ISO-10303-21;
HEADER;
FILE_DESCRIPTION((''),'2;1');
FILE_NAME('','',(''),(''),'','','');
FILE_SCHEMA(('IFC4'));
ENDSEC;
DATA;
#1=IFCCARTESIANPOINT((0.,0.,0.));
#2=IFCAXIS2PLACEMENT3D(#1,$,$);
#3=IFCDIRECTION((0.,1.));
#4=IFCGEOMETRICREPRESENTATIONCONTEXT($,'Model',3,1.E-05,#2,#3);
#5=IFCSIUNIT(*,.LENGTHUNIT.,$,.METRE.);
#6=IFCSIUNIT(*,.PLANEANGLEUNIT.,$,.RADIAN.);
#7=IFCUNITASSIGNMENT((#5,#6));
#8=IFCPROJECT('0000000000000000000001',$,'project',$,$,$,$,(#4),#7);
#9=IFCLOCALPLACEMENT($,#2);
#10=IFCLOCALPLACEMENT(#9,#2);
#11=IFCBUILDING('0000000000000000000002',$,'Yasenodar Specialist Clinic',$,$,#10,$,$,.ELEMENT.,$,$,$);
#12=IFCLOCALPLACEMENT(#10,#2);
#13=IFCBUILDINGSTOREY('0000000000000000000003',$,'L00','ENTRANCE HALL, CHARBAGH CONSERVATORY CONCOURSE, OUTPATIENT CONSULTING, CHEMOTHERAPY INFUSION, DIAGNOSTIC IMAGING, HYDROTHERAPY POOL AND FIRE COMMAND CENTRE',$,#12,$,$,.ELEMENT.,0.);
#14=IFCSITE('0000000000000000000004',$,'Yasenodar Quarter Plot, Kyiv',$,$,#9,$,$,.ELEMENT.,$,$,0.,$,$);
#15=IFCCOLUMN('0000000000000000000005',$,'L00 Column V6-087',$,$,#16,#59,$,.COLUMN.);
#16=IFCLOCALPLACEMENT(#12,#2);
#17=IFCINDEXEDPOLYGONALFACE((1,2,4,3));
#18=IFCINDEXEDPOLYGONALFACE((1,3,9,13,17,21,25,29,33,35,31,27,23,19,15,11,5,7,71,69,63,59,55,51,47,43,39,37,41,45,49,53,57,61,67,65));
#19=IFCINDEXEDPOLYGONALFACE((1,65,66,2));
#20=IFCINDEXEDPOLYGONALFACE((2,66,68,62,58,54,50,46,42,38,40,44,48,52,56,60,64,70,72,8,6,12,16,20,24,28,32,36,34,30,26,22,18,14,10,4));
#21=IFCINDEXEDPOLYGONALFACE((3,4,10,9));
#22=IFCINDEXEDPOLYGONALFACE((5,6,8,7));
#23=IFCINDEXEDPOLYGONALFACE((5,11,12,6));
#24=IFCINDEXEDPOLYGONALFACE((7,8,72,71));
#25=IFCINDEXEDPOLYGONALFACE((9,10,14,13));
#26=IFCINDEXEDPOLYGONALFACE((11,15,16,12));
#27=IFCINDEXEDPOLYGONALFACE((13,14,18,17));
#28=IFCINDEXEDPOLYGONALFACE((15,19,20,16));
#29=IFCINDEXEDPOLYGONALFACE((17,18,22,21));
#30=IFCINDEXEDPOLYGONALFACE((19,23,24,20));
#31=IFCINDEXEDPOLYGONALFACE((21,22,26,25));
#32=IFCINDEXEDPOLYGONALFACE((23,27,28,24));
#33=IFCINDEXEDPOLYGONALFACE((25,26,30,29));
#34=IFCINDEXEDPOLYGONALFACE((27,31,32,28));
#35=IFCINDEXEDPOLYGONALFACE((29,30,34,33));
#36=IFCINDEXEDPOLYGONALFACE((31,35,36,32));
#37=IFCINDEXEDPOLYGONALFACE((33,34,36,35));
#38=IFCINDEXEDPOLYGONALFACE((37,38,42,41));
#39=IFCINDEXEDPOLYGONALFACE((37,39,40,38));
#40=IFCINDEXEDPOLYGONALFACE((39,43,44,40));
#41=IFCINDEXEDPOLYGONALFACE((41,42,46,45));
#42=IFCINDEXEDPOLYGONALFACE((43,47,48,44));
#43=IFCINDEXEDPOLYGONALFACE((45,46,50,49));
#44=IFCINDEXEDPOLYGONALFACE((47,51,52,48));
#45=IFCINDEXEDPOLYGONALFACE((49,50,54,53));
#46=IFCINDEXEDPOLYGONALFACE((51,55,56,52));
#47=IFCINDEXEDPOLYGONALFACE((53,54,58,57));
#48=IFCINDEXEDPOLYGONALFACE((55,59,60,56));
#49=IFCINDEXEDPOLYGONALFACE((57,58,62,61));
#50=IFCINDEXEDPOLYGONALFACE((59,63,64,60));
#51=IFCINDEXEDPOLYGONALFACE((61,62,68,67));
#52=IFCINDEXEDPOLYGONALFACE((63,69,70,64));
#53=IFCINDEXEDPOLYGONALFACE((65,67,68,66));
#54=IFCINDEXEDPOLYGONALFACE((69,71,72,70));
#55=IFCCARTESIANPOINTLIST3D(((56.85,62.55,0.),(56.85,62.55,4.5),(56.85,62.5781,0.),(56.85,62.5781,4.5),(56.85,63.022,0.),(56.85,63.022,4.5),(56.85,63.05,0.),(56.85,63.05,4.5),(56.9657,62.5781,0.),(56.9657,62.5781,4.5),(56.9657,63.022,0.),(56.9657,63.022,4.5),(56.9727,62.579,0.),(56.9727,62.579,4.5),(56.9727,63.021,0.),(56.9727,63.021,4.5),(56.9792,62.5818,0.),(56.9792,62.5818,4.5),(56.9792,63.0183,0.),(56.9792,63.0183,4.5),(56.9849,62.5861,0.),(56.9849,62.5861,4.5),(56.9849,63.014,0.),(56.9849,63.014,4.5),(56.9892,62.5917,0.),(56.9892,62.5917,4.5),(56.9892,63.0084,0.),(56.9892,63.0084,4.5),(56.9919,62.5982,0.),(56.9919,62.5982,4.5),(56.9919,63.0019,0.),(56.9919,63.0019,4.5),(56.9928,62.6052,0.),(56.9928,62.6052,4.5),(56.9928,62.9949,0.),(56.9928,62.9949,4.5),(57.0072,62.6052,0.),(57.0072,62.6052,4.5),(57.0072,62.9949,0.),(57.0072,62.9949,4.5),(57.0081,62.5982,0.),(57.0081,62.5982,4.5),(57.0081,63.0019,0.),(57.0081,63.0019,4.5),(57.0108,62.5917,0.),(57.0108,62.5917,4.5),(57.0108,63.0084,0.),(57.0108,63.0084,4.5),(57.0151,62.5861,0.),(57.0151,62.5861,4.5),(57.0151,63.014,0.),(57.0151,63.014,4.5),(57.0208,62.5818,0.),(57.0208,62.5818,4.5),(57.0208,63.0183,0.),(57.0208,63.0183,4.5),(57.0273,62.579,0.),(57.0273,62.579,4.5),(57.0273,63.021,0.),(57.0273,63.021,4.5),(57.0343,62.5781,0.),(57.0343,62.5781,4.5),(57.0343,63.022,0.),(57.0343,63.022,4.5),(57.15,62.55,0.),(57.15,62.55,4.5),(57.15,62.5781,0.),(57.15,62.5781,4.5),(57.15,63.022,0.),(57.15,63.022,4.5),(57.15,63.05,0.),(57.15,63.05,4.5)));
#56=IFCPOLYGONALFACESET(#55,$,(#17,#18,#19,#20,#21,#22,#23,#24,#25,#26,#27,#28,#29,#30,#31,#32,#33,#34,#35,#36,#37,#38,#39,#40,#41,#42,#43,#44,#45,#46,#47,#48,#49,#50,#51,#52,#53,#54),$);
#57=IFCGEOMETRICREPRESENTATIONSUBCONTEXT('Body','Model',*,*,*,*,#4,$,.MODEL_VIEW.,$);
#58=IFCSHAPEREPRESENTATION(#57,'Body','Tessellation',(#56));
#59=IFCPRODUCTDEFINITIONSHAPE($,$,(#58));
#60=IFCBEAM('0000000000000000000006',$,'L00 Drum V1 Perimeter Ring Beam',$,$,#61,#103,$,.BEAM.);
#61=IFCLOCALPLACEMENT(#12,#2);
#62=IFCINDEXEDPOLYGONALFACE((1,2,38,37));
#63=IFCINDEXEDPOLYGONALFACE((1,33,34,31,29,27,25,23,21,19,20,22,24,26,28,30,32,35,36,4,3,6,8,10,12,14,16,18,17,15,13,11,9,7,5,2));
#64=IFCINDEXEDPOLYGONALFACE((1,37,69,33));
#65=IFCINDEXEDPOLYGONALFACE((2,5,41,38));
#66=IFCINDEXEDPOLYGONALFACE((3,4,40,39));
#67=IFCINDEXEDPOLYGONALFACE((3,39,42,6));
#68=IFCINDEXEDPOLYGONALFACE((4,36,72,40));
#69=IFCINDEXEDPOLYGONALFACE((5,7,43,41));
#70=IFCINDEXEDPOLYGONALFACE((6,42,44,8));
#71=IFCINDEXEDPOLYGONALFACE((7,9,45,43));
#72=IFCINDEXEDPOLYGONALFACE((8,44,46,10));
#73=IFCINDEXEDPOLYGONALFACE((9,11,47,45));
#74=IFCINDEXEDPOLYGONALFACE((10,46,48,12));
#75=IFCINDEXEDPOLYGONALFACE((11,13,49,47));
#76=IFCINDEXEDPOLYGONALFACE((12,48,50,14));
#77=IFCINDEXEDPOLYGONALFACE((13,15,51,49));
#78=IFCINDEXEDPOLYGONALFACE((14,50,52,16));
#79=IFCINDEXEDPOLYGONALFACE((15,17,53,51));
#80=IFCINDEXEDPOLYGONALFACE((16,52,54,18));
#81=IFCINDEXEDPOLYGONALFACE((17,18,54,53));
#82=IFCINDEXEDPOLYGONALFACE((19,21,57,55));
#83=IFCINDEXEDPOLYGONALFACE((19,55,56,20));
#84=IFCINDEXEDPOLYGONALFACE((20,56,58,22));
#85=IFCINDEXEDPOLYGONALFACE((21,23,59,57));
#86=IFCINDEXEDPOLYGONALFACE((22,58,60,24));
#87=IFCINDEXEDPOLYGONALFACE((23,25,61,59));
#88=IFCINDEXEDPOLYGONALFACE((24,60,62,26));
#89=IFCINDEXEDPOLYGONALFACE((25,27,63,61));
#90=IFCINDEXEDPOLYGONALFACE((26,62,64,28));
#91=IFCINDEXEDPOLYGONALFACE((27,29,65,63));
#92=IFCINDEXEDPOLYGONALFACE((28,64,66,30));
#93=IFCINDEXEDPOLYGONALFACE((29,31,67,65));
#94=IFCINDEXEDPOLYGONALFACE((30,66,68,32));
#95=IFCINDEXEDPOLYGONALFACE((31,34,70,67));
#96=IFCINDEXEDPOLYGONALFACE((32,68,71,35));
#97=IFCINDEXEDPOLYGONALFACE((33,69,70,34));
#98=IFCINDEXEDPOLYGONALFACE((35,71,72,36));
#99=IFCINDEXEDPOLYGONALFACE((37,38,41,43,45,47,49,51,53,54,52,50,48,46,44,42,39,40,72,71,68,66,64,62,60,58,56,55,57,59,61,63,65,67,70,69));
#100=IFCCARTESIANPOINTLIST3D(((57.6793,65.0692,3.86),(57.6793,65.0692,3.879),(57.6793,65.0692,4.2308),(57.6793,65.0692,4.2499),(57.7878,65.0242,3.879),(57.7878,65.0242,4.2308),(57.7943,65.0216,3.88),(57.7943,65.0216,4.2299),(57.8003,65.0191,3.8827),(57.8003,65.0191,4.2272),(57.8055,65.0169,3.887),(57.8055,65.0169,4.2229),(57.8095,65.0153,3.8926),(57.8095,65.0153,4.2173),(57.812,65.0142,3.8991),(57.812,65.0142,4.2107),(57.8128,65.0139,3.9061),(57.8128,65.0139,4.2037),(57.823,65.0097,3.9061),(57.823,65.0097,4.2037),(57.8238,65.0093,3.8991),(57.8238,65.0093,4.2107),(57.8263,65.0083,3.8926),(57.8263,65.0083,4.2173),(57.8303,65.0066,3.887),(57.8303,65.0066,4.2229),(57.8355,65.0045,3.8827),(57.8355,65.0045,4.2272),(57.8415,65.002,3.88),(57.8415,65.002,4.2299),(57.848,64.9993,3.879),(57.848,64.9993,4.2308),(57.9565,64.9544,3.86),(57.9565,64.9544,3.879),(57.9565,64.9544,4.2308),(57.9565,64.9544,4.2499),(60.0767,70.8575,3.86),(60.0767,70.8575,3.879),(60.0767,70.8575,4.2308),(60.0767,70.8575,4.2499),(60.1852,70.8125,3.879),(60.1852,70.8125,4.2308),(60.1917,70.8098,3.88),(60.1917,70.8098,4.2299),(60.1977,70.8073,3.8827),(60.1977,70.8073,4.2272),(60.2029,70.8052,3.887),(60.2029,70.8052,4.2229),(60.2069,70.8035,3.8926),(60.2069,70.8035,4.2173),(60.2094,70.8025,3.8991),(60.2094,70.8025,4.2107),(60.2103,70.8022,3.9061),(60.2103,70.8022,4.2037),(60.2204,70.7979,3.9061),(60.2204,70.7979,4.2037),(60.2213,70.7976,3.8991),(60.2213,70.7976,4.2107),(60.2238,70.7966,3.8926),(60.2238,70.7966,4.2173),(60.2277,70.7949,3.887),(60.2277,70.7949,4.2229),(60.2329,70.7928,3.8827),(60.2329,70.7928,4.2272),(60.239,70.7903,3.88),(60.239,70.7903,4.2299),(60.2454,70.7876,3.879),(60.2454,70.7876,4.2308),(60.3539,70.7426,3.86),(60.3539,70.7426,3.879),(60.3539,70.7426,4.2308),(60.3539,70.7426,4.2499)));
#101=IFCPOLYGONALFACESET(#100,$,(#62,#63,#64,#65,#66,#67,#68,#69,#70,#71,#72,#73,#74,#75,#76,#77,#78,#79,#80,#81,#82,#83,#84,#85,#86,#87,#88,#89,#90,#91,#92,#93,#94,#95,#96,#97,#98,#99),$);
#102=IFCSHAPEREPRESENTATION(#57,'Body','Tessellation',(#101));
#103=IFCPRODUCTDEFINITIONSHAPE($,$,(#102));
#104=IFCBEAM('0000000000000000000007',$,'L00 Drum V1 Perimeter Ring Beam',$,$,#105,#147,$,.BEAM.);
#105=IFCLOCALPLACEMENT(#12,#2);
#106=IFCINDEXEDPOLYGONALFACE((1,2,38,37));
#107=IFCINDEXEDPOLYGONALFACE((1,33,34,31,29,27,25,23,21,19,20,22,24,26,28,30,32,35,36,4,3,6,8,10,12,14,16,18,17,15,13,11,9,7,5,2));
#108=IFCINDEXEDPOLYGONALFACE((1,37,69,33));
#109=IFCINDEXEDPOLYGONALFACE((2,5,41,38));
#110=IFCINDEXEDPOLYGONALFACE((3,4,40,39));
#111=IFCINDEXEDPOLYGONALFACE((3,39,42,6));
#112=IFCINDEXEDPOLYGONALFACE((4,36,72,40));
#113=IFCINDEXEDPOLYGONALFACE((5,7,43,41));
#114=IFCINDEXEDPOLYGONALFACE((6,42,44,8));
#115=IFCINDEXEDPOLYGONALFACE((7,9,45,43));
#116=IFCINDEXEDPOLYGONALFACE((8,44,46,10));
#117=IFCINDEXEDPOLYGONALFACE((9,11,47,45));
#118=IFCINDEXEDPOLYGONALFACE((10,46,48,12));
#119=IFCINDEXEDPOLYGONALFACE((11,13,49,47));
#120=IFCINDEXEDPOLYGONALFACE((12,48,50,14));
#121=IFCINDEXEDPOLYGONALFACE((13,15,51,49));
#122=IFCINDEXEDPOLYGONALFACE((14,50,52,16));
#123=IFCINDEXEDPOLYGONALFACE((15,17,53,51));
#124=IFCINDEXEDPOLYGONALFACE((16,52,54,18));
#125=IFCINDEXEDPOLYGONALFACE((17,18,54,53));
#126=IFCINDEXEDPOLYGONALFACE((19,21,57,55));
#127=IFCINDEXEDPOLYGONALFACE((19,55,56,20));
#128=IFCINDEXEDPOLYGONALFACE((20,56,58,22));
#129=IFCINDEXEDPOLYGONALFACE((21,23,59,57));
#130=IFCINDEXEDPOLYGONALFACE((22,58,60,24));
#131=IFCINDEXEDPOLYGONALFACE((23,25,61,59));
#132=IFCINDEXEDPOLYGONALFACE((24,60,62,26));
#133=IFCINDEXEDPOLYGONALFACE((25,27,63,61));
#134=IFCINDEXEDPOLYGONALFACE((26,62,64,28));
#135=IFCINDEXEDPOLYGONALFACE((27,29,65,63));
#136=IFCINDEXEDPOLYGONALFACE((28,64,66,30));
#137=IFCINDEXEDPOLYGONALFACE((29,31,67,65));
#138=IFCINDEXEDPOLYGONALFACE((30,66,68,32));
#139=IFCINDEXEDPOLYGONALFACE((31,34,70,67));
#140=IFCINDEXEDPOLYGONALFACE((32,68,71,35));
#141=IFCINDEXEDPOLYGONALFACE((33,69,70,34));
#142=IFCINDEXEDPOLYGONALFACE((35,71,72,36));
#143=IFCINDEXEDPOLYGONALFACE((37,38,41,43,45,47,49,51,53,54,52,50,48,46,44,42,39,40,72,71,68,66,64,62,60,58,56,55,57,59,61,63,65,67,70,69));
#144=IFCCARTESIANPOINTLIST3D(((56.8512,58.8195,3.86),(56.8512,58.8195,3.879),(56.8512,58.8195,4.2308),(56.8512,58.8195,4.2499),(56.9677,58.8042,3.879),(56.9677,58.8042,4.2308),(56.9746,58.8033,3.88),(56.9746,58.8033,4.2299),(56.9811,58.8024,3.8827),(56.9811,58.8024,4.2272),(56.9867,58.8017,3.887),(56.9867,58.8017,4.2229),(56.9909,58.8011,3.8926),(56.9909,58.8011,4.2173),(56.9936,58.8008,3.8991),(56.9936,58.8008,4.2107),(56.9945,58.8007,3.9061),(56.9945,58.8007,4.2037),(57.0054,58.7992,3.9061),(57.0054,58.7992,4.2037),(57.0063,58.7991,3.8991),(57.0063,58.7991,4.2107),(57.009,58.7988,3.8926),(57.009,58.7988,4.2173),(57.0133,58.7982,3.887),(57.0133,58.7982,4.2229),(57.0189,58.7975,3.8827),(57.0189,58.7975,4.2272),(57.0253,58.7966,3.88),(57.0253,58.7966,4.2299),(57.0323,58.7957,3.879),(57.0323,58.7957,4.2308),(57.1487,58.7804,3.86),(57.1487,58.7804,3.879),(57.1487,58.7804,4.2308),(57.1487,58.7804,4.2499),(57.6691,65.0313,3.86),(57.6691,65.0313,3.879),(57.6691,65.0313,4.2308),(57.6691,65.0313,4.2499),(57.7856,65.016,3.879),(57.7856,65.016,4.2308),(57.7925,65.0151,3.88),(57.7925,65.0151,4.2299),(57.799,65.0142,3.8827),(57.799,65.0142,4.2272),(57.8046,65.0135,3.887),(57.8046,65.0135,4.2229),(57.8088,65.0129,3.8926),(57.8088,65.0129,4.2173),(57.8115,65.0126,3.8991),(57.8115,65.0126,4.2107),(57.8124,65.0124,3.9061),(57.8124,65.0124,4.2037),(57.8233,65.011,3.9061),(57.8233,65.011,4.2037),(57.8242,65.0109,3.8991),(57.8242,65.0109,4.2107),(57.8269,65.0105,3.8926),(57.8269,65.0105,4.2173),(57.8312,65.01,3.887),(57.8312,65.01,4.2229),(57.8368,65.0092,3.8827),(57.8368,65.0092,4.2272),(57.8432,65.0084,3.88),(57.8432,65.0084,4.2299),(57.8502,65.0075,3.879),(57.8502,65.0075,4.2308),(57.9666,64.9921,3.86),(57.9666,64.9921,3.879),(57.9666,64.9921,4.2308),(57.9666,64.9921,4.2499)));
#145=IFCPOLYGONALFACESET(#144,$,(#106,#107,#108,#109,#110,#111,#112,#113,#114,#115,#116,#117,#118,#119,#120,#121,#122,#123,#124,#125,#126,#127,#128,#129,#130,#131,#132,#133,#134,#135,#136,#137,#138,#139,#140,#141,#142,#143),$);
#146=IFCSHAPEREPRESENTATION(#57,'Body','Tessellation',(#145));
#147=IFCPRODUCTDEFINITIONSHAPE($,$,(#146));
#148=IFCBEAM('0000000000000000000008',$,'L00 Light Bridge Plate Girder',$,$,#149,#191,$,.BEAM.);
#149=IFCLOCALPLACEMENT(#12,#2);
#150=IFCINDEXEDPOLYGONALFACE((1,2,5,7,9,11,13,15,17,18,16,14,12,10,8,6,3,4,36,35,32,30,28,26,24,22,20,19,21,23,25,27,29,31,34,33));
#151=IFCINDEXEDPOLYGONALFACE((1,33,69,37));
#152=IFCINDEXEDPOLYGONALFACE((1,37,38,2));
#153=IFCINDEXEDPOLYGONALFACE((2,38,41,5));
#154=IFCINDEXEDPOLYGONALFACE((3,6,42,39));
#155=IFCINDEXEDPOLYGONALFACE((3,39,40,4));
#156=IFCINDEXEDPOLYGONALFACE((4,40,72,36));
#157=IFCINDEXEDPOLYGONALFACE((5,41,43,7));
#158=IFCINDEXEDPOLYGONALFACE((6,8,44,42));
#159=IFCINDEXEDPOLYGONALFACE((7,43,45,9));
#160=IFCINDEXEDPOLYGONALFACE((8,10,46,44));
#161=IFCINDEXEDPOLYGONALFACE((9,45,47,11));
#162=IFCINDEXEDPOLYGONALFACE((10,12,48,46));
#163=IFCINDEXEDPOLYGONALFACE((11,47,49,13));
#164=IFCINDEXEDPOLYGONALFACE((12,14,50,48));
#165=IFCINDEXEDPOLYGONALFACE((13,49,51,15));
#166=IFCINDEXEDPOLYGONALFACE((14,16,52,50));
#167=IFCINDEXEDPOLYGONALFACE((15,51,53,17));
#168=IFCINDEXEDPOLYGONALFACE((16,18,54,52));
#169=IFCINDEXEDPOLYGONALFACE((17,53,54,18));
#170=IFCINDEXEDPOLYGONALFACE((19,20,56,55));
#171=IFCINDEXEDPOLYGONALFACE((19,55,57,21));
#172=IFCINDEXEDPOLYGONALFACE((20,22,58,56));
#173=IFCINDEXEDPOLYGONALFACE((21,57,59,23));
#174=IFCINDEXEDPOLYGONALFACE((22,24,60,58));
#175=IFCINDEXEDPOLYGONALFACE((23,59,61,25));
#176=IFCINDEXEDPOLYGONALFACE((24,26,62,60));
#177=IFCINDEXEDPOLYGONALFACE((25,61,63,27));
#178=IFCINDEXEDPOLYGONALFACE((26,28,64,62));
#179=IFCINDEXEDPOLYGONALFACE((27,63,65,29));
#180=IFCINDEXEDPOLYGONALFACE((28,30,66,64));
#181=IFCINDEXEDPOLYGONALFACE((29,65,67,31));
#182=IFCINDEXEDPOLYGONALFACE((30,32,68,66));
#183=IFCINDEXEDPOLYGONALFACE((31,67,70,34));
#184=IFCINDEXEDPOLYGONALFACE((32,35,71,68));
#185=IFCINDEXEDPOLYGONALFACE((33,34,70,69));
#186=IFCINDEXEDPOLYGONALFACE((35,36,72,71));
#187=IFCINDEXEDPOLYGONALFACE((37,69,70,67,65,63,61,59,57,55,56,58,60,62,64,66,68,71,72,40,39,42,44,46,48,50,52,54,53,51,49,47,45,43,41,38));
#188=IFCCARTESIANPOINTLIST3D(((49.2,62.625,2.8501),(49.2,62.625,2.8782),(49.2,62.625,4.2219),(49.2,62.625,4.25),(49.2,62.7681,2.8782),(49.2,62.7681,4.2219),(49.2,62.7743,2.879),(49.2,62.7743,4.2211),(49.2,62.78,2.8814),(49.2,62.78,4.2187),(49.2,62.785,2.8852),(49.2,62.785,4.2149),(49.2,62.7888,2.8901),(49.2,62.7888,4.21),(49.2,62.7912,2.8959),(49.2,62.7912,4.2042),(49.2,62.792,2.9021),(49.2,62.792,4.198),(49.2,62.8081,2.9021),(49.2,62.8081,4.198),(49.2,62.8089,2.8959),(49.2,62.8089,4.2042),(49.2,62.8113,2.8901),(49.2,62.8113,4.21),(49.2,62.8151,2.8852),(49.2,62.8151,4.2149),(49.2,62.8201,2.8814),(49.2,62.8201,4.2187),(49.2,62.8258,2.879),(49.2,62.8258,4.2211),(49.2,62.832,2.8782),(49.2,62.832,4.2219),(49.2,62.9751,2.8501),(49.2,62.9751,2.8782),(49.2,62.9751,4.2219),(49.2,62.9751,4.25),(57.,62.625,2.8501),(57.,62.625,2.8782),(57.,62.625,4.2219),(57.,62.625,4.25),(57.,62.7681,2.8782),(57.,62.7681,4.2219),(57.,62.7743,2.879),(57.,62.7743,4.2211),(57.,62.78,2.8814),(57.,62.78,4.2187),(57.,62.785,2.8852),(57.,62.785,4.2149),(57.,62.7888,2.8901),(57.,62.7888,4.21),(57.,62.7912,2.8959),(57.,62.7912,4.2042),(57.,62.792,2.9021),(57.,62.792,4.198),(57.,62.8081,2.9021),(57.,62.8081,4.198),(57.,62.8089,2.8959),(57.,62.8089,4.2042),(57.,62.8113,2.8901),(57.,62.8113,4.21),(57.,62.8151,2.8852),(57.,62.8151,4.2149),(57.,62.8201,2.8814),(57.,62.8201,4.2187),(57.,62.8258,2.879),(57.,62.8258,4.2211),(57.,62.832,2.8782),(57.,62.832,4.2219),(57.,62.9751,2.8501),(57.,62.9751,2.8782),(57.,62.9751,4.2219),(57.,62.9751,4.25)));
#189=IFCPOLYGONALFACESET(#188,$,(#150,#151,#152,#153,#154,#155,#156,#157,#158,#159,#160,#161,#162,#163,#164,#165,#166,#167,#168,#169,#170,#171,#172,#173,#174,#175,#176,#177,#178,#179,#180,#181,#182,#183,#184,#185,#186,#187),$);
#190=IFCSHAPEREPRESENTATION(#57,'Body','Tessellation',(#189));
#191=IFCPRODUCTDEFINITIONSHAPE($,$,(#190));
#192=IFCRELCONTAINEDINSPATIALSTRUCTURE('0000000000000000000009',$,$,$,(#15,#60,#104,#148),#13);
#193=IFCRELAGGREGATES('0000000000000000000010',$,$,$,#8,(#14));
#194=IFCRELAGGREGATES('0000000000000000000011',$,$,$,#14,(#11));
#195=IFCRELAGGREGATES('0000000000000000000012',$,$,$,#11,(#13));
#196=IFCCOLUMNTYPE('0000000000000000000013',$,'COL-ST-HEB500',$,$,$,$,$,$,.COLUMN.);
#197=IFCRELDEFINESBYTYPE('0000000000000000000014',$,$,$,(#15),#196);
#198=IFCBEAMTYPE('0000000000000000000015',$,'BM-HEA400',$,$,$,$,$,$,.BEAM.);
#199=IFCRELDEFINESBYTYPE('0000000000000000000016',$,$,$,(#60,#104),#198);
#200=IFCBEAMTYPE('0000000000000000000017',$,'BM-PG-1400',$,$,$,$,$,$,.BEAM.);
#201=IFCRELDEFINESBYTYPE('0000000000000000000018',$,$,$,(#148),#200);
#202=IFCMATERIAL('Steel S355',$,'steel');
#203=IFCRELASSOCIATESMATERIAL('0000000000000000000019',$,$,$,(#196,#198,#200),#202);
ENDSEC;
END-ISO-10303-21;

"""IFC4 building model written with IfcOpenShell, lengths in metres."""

from ifc_helpers import new_model, si_unit, direction, frame, origin, origin_2d, place, context, subcontext, project, spatial, i_section, extrude, material, material_profile, profile_set, type_object, element, save


model = new_model("IFC4")

# Units and contexts
model_context = context("Model", 3, precision=1e-05, world=origin(), true_north=direction((0.0, 1.0)))
body_context = subcontext(model_context, "Body", "Model", "MODEL_VIEW")
ifc_project = project(units=[si_unit("LENGTHUNIT", "METRE"), si_unit("PLANEANGLEUNIT", "RADIAN")], contexts=[model_context])

# Site, building, storey
site_placement = place(None, origin())
site = spatial("IfcSite", under=ifc_project, at=site_placement, Name="Yasenodar Quarter Plot, Kyiv", CompositionType="ELEMENT", RefElevation=0.0)
building_placement = place(site_placement, origin())
building = spatial("IfcBuilding", under=site, at=building_placement, Name="Yasenodar Specialist Clinic", CompositionType="ELEMENT")
storey_placement = place(building_placement, origin())
storey = spatial("IfcBuildingStorey", under=building, at=storey_placement, Name="L00", Description="ENTRANCE HALL, CHARBAGH CONSERVATORY CONCOURSE, OUTPATIENT CONSULTING, CHEMOTHERAPY INFUSION, DIAGNOSTIC IMAGING, HYDROTHERAPY POOL AND FIRE COMMAND CENTRE", CompositionType="ELEMENT", Elevation=0.0)

# Column
ifc_material_1 = material(Name="Steel S355", Category="steel")
ifc_material_profile_1 = material_profile(ifc_material_1, i_section(OverallWidth=0.3, OverallDepth=0.5, WebThickness=0.0144, FlangeThickness=0.0281, FilletRadius=0.0271, at=origin_2d()), Name="HEB 500")
ifc_profile_set_1 = profile_set([ifc_material_profile_1], Name="Steel S355")
column_type_1 = type_object("IfcColumnType", Name="COL-ST-HEB500", PredefinedType="COLUMN", material=ifc_profile_set_1)
for number, where, z_axis, x_axis, name in (
    (1, (57.0, 62.8, 0.0), (0.0, 0.0, 1.0), (1.0, 0.0, 0.0), "L00 Column V6-087"),
):
    element("IfcColumn", number, at=place(storey_placement, frame(where, z_axis=z_axis, x_axis=x_axis)), inside=storey, type_object=column_type_1, Name=name, PredefinedType="COLUMN", context=body_context, shape_type="SweptSolid", body=[
        extrude(i_section(OverallWidth=0.3, OverallDepth=0.5, WebThickness=0.0144, FlangeThickness=0.0281, FilletRadius=0.0271, at=origin_2d()), origin(), (0.0, 0.0, 1.0), 4.5),
    ])

# Beams
ifc_material_profile_2 = material_profile(ifc_material_1, i_section(OverallWidth=0.3, OverallDepth=0.3899, WebThickness=0.011, FlangeThickness=0.019, FilletRadius=0.0271, at=origin_2d()), Name="HEA 400")
ifc_profile_set_2 = profile_set([ifc_material_profile_2], Name="Steel S355")
beam_type_1 = type_object("IfcBeamType", Name="BM-HEA400", PredefinedType="BEAM", material=ifc_profile_set_2)
beam_1_placement = place(storey_placement, frame((60.2153, 70.8, 4.0549), z_axis=(-0.382664, -0.923888, 0.0), x_axis=(0.923888, -0.382664, 0.0)))
element("IfcBeam", 2, at=beam_1_placement, inside=storey, type_object=beam_type_1, Name="L00 Drum V1 Perimeter Ring Beam", PredefinedType="BEAM", context=body_context, shape_type="SweptSolid", body=[
    extrude(i_section(OverallWidth=0.3, OverallDepth=0.3899, WebThickness=0.011, FlangeThickness=0.019, FilletRadius=0.0271, at=origin_2d()), origin(), (0.0, 0.0, 1.0), 6.2651),
])
beam_2_placement = place(storey_placement, frame((57.8179, 65.0117, 4.0549), z_axis=(-0.13054, -0.991443, 0.0), x_axis=(0.991443, -0.13054, 0.0)))
element("IfcBeam", 3, at=beam_2_placement, inside=storey, type_object=beam_type_1, Name="L00 Drum V1 Perimeter Ring Beam", PredefinedType="BEAM", context=body_context, shape_type="SweptSolid", body=[
    extrude(i_section(OverallWidth=0.3, OverallDepth=0.3899, WebThickness=0.011, FlangeThickness=0.019, FilletRadius=0.0271, at=origin_2d()), origin(), (0.0, 0.0, 1.0), 6.2654),
])
ifc_material_profile_3 = material_profile(ifc_material_1, i_section(OverallWidth=0.3501, OverallDepth=1.3999, WebThickness=0.0161, FlangeThickness=0.0281, FilletRadius=0.0239, at=origin_2d()), Name="PG 1400x350")
ifc_profile_set_3 = profile_set([ifc_material_profile_3], Name="Steel S355")
beam_type_2 = type_object("IfcBeamType", Name="BM-PG-1400", PredefinedType="BEAM", material=ifc_profile_set_3)
beam_3_placement = place(storey_placement, frame((49.2, 62.8, 3.55), z_axis=(1.0, 0.0, 0.0), x_axis=(0.0, 1.0, 0.0)))
element("IfcBeam", 4, at=beam_3_placement, inside=storey, type_object=beam_type_2, Name="L00 Light Bridge Plate Girder", PredefinedType="BEAM", context=body_context, shape_type="SweptSolid", body=[
    extrude(i_section(OverallWidth=0.3501, OverallDepth=1.3999, WebThickness=0.0161, FlangeThickness=0.0281, FilletRadius=0.0239, at=origin_2d()), origin(), (0.0, 0.0, 1.0), 7.8),
])

save(model, "model.ifc")
